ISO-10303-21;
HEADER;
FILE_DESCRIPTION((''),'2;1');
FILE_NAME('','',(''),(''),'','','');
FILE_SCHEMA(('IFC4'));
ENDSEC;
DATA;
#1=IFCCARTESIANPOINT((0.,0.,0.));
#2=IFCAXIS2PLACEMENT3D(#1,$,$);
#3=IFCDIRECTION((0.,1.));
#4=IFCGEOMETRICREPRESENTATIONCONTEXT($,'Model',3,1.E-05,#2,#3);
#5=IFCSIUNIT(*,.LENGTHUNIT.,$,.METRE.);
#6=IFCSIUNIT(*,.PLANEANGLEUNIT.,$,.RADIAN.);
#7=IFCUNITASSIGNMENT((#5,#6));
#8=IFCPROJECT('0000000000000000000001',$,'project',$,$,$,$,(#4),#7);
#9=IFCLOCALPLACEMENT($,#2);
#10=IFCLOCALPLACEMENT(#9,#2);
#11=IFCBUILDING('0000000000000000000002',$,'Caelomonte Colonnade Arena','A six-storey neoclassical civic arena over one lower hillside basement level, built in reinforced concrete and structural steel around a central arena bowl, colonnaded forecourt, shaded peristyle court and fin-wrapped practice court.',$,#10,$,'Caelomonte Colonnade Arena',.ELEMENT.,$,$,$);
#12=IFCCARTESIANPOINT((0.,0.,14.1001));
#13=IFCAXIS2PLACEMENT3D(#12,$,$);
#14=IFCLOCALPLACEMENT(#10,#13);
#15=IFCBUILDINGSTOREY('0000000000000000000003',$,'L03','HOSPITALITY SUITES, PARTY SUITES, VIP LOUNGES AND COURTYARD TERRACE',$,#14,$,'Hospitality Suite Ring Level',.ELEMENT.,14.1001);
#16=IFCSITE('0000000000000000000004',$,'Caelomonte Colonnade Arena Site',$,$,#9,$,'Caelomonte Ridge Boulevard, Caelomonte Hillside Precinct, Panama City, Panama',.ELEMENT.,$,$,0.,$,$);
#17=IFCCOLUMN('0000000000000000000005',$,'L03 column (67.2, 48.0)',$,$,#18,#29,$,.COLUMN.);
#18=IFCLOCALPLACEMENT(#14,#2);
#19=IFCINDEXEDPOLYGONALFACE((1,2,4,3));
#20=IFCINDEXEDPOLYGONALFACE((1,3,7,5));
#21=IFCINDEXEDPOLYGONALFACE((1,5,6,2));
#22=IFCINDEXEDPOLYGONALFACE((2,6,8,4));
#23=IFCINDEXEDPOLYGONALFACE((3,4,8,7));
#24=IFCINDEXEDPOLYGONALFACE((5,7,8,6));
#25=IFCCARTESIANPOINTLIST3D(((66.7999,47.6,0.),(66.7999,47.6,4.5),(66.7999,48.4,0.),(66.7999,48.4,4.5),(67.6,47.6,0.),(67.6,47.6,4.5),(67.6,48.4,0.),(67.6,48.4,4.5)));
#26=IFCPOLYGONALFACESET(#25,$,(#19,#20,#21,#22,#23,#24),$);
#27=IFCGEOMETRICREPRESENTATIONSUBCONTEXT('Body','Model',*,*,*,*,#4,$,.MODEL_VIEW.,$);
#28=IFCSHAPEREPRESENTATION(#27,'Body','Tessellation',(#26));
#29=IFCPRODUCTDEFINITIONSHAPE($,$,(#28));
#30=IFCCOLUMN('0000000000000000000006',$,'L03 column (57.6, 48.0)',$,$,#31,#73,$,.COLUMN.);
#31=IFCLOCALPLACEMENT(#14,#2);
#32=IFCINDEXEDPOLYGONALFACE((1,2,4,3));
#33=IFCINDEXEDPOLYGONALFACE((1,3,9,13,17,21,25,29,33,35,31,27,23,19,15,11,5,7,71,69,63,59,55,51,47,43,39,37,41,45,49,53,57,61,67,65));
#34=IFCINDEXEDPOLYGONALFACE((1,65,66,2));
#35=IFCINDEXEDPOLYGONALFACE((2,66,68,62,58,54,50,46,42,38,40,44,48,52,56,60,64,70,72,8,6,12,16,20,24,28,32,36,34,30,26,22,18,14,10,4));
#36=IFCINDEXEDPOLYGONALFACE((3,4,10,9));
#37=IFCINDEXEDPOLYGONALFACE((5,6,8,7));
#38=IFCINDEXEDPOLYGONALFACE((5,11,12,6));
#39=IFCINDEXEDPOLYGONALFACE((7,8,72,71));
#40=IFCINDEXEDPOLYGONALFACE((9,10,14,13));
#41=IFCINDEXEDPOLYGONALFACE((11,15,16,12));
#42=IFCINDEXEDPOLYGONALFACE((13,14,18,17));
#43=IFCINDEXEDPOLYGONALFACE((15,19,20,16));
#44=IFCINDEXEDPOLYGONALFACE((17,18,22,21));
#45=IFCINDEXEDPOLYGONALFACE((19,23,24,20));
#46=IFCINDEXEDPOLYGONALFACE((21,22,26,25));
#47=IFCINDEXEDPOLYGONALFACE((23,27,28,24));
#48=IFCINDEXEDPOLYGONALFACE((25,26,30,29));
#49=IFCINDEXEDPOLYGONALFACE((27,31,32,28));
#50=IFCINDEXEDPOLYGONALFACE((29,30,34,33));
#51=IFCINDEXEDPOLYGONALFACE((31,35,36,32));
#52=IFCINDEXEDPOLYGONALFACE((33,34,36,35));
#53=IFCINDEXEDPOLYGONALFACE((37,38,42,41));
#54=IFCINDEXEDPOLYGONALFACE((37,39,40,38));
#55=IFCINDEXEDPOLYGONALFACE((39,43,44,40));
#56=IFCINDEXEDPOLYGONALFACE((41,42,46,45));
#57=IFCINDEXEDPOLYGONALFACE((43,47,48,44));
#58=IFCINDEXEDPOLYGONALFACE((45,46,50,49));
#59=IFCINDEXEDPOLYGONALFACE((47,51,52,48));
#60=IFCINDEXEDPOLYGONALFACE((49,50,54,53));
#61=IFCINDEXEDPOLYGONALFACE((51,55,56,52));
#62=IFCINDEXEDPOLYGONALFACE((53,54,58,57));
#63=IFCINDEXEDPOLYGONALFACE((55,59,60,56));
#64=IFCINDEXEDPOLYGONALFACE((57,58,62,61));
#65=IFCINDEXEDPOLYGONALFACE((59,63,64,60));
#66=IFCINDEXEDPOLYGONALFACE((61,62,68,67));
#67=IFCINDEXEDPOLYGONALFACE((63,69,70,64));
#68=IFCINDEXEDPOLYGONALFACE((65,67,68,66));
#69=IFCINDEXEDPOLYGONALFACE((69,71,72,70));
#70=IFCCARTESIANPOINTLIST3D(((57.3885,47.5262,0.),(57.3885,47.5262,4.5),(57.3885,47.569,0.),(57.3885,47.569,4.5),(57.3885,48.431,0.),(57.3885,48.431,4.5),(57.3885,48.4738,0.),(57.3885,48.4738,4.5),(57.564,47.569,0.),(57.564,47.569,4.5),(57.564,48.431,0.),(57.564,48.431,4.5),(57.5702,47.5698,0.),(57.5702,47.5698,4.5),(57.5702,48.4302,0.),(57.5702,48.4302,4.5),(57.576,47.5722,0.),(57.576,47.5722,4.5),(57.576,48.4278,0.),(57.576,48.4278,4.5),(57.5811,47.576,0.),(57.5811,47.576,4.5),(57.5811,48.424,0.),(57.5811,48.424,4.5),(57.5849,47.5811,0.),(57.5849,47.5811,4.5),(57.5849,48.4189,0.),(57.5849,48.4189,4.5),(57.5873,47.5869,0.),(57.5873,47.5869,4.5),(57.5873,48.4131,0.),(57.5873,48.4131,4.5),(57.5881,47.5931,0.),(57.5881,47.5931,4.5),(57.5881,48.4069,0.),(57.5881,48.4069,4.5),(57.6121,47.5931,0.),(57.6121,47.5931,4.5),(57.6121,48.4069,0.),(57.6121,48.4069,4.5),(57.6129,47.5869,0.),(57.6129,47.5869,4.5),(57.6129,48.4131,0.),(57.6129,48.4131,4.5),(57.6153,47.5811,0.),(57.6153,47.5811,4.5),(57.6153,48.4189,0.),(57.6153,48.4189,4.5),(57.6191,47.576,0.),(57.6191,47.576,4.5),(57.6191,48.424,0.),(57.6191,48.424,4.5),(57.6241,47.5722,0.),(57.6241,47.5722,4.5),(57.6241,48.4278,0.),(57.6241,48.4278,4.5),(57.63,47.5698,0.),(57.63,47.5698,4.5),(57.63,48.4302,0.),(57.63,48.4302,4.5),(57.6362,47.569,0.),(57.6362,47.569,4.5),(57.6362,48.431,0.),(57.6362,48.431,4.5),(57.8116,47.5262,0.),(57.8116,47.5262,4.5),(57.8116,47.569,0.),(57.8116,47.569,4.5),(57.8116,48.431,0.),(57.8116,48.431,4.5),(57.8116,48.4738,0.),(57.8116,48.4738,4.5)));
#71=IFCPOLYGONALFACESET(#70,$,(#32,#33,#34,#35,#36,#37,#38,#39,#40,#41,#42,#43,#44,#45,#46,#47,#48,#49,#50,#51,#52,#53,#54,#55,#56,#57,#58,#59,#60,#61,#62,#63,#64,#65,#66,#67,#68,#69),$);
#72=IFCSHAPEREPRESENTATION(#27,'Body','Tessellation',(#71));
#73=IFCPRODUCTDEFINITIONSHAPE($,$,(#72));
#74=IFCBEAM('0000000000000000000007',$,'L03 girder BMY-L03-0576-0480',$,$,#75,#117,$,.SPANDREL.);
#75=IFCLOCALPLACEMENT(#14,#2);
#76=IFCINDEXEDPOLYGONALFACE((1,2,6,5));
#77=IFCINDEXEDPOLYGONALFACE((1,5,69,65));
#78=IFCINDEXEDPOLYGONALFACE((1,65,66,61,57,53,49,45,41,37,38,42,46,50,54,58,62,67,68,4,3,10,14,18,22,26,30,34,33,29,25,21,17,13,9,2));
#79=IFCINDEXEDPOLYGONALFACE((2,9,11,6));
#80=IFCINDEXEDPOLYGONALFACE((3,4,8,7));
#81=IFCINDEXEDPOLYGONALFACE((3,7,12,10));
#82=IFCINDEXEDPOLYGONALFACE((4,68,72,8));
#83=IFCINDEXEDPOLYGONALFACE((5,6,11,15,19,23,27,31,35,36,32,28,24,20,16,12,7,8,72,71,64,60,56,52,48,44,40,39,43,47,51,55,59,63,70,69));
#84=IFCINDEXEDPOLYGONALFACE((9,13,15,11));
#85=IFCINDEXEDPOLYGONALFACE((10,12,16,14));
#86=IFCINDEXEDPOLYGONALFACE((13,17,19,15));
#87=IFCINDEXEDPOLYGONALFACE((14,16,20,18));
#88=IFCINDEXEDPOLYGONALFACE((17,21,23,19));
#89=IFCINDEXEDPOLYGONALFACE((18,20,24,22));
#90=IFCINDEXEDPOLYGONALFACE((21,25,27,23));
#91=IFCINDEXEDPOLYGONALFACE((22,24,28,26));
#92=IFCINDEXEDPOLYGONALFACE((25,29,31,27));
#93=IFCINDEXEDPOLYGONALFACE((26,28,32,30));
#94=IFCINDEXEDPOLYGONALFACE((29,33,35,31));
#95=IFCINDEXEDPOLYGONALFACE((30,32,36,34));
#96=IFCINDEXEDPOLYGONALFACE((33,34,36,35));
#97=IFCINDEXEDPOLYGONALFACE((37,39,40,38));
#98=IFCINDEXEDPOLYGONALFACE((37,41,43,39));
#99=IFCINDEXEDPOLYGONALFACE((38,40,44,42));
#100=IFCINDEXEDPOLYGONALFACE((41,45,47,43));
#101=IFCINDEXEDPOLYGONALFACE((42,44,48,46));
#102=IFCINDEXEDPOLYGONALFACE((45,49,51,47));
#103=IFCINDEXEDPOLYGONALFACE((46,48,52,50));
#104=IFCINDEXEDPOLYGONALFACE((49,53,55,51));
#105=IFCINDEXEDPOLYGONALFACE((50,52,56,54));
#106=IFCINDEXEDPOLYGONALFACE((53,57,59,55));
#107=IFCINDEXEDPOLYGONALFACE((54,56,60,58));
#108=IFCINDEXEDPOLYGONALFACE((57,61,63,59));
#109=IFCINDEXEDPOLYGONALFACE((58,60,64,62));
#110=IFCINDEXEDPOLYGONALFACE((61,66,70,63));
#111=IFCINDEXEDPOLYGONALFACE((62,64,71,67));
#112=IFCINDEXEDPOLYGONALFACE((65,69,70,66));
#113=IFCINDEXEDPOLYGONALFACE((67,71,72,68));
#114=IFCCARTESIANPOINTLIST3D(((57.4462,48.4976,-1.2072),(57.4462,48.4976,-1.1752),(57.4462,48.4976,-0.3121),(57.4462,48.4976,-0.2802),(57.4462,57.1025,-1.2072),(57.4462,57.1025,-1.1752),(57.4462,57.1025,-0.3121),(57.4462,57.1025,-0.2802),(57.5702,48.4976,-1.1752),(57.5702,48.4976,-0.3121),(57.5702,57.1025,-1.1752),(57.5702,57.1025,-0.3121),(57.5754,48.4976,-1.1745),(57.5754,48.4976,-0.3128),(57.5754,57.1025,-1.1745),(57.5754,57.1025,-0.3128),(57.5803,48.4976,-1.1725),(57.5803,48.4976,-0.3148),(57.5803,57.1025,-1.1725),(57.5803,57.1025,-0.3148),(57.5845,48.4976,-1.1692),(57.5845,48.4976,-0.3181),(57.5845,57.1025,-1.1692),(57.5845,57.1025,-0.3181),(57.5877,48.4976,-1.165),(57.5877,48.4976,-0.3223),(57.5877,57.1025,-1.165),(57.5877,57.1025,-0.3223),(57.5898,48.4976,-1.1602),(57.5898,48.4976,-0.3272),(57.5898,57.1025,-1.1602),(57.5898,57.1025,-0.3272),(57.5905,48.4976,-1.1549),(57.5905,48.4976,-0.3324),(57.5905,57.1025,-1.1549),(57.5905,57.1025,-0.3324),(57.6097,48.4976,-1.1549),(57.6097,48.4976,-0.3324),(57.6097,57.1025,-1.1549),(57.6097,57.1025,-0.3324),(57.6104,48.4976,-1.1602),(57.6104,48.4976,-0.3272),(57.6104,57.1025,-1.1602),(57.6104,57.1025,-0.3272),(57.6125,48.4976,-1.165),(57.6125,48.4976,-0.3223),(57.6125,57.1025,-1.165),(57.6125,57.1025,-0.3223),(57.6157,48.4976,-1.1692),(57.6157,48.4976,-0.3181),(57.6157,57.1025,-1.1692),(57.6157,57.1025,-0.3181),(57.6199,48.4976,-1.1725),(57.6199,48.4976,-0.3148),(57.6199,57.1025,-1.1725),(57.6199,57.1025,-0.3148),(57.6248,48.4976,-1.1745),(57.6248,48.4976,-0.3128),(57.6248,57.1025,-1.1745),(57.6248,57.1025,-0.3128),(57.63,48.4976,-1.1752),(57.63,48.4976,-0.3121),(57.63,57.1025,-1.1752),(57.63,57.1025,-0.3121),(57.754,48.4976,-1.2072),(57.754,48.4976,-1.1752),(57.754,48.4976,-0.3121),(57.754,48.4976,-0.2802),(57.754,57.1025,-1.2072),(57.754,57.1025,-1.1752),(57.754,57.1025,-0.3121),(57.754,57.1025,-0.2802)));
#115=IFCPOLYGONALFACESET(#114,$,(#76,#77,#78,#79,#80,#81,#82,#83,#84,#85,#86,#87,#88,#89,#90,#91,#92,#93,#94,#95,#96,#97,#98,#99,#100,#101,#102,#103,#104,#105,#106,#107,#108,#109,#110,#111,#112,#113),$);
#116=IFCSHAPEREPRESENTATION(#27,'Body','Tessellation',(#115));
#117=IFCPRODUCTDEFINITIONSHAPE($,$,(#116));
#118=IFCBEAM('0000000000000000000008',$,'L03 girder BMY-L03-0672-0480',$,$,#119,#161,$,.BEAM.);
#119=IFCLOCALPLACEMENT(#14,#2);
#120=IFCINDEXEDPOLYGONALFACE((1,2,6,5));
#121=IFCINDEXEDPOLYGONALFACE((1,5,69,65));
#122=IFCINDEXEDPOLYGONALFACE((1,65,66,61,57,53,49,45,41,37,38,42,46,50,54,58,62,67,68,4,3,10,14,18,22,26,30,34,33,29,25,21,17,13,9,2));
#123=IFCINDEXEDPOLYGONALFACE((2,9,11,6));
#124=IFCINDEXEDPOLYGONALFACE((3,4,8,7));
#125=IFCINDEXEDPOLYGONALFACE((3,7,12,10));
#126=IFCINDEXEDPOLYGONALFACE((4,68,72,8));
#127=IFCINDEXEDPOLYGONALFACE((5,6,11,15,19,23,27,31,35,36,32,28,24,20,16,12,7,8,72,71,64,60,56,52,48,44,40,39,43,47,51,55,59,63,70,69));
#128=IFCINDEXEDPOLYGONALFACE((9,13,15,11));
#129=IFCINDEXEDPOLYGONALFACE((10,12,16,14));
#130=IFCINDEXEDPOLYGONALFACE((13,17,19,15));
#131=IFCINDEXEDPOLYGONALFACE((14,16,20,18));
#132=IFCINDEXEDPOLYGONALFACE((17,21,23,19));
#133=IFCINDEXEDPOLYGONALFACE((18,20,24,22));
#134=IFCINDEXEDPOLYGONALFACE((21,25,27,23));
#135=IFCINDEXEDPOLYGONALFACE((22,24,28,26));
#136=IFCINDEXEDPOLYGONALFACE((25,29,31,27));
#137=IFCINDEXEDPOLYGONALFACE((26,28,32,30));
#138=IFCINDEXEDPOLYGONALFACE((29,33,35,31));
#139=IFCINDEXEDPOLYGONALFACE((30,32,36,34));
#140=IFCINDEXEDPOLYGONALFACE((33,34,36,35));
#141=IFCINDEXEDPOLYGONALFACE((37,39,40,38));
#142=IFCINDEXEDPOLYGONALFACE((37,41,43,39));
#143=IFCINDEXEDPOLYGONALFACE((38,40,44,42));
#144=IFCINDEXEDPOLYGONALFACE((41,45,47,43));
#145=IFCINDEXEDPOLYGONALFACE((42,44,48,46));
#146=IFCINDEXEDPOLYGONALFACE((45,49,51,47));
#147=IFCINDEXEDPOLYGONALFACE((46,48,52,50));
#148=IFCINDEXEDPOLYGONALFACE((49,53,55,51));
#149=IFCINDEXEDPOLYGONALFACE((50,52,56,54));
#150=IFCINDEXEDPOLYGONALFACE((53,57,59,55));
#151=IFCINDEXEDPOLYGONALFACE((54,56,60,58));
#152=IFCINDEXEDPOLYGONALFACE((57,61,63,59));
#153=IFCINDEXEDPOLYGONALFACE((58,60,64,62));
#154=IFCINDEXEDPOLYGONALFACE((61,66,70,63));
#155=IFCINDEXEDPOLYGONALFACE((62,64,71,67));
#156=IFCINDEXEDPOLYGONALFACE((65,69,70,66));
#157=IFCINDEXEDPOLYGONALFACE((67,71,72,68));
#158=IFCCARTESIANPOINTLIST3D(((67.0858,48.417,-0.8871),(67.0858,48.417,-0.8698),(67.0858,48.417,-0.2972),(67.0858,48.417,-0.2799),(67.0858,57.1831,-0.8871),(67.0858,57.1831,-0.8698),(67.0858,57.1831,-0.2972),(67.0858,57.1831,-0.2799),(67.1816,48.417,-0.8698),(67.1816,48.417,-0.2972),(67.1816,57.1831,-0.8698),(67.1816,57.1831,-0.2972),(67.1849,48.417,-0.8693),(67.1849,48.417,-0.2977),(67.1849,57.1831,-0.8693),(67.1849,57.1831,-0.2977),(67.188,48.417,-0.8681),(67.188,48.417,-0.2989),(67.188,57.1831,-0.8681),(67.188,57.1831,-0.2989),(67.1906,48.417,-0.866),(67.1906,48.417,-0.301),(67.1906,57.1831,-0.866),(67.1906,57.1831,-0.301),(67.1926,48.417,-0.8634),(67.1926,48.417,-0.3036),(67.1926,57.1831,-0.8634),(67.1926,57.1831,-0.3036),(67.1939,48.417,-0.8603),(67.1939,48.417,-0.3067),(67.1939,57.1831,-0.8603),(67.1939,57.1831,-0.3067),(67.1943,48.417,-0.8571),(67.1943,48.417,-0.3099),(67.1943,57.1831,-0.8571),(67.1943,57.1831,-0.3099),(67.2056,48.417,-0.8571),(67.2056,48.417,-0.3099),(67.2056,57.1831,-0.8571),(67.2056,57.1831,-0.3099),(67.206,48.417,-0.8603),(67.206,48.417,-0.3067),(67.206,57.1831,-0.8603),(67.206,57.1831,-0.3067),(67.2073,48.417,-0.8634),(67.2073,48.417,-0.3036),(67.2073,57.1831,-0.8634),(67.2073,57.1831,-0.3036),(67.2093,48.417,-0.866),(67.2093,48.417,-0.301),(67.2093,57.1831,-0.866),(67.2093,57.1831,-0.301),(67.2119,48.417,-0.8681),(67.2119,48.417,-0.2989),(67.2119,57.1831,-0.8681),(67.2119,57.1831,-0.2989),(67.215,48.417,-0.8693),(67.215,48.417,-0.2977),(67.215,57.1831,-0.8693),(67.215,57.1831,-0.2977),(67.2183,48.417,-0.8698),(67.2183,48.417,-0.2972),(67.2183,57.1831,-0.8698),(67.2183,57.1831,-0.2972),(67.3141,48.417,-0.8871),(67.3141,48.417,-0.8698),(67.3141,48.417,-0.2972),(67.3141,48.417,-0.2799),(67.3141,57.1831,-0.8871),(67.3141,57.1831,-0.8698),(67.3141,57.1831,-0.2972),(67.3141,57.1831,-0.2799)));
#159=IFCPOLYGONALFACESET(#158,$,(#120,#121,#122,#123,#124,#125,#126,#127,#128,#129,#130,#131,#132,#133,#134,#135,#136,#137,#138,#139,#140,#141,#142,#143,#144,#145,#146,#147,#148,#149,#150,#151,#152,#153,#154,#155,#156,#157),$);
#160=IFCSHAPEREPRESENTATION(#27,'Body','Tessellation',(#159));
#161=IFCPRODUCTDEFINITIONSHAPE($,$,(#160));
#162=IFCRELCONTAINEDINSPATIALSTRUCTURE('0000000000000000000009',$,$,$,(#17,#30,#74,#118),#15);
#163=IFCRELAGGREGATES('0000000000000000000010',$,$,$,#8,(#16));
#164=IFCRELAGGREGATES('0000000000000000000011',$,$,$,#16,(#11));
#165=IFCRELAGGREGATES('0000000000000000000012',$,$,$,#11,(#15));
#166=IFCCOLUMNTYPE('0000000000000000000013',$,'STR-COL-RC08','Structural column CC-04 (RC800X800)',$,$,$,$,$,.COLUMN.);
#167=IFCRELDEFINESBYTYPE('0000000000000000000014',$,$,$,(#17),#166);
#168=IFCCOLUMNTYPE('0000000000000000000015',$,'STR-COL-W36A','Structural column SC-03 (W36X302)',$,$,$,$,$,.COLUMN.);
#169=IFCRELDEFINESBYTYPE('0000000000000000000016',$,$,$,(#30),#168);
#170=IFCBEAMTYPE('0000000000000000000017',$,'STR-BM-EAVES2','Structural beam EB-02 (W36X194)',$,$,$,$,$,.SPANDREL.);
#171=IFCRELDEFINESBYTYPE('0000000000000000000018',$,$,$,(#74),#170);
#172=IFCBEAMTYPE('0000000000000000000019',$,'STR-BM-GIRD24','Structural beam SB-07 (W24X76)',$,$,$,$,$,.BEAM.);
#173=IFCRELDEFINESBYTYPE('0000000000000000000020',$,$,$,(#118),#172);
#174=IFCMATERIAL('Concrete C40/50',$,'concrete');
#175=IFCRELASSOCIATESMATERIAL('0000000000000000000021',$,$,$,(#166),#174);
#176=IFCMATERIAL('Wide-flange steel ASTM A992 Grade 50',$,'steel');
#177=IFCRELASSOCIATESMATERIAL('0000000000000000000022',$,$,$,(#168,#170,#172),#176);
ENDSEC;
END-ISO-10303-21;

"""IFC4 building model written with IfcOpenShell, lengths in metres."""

from ifc_helpers import new_model, si_unit, direction, frame, origin, origin_2d, place, context, subcontext, project, spatial, rectangle, i_section, extrude, material, material_profile, profile_set, type_object, element, save


model = new_model("IFC4")

# Units and contexts
model_context = context("Model", 3, precision=1e-05, world=origin(), true_north=direction((0.0, 1.0)))
body_context = subcontext(model_context, "Body", "Model", "MODEL_VIEW")
ifc_project = project(units=[si_unit("LENGTHUNIT", "METRE"), si_unit("PLANEANGLEUNIT", "RADIAN")], contexts=[model_context])

# Site, building, storey
site_placement = place(None, origin())
site = spatial("IfcSite", under=ifc_project, at=site_placement, Name="Caelomonte Colonnade Arena Site", LongName="Caelomonte Ridge Boulevard, Caelomonte Hillside Precinct, Panama City, Panama", CompositionType="ELEMENT", RefElevation=0.0)
building_placement = place(site_placement, origin())
building = spatial("IfcBuilding", under=site, at=building_placement, Name="Caelomonte Colonnade Arena", Description="A six-storey neoclassical civic arena over one lower hillside basement level, built in reinforced concrete and structural steel around a central arena bowl, colonnaded forecourt, shaded peristyle court and fin-wrapped practice court.", LongName="Caelomonte Colonnade Arena", CompositionType="ELEMENT")
storey_placement = place(building_placement, frame((0.0, 0.0, 14.1001)))
storey = spatial("IfcBuildingStorey", under=building, at=storey_placement, Name="L03", Description="HOSPITALITY SUITES, PARTY SUITES, VIP LOUNGES AND COURTYARD TERRACE", LongName="Hospitality Suite Ring Level", CompositionType="ELEMENT", Elevation=14.1001)

# Columns
ifc_material_1 = material(Name="Concrete C40/50", Category="concrete")
ifc_material_profile_1 = material_profile(ifc_material_1, rectangle(XDim=0.8, YDim=0.8, at=origin_2d()), Name="RC800X800")
ifc_profile_set_1 = profile_set([ifc_material_profile_1], Name="Concrete C40/50")
column_type_1 = type_object("IfcColumnType", Name="STR-COL-RC08", Description="Structural column CC-04 (RC800X800)", PredefinedType="COLUMN", material=ifc_profile_set_1)
column_1_placement = place(storey_placement, frame((67.2, 48.0, 0.0), z_axis=(0.0, 0.0, 1.0), x_axis=(1.0, 0.0, 0.0)))
element("IfcColumn", 1, at=column_1_placement, inside=storey, type_object=column_type_1, Name="L03 column (67.2, 48.0)", PredefinedType="COLUMN", context=body_context, shape_type="SweptSolid", body=[
    extrude(rectangle(XDim=0.8, YDim=0.8, at=origin_2d()), origin(), (0.0, 0.0, 1.0), 4.5),
])
ifc_material_2 = material(Name="Wide-flange steel ASTM A992 Grade 50", Category="steel")
ifc_material_profile_2 = material_profile(ifc_material_2, i_section(OverallWidth=0.4231, OverallDepth=0.9475, WebThickness=0.0239, FlangeThickness=0.0427, FilletRadius=0.0242, at=origin_2d()), Name="W36X302")
ifc_profile_set_2 = profile_set([ifc_material_profile_2], Name="Wide-flange steel ASTM A992 Grade 50")
column_type_2 = type_object("IfcColumnType", Name="STR-COL-W36A", Description="Structural column SC-03 (W36X302)", PredefinedType="COLUMN", material=ifc_profile_set_2)
column_2_placement = place(storey_placement, frame((57.6001, 48.0, 0.0), z_axis=(0.0, 0.0, 1.0), x_axis=(1.0, 0.0, 0.0)))
element("IfcColumn", 2, at=column_2_placement, inside=storey, type_object=column_type_2, Name="L03 column (57.6, 48.0)", PredefinedType="COLUMN", context=body_context, shape_type="SweptSolid", body=[
    extrude(i_section(OverallWidth=0.4231, OverallDepth=0.9475, WebThickness=0.0239, FlangeThickness=0.0427, FilletRadius=0.0242, at=origin_2d()), origin(), (0.0, 0.0, 1.0), 4.5),
])

# Beams
ifc_material_profile_3 = material_profile(ifc_material_2, i_section(OverallWidth=0.3079, OverallDepth=0.927, WebThickness=0.0193, FlangeThickness=0.032, FilletRadius=0.0203, at=origin_2d()), Name="W36X194")
ifc_profile_set_3 = profile_set([ifc_material_profile_3], Name="Wide-flange steel ASTM A992 Grade 50")
beam_type_1 = type_object("IfcBeamType", Name="STR-BM-EAVES2", Description="Structural beam EB-02 (W36X194)", PredefinedType="SPANDREL", material=ifc_profile_set_3)
beam_1_placement = place(storey_placement, frame((57.6001, 48.4976, -0.7437), z_axis=(0.0, 1.0, 0.0), x_axis=(-1.0, 0.0, 0.0)))
element("IfcBeam", 3, at=beam_1_placement, inside=storey, type_object=beam_type_1, Name="L03 girder BMY-L03-0576-0480", PredefinedType="SPANDREL", context=body_context, shape_type="SweptSolid", body=[
    extrude(i_section(OverallWidth=0.3079, OverallDepth=0.927, WebThickness=0.0193, FlangeThickness=0.032, FilletRadius=0.0203, at=origin_2d()), origin(), (0.0, 0.0, 1.0), 8.605),
])
ifc_material_profile_4 = material_profile(ifc_material_2, i_section(OverallWidth=0.2283, OverallDepth=0.6072, WebThickness=0.0112, FlangeThickness=0.0173, FilletRadius=0.0127, at=origin_2d()), Name="W24X76")
ifc_profile_set_4 = profile_set([ifc_material_profile_4], Name="Wide-flange steel ASTM A992 Grade 50")
beam_type_2 = type_object("IfcBeamType", Name="STR-BM-GIRD24", Description="Structural beam SB-07 (W24X76)", PredefinedType="BEAM", material=ifc_profile_set_4)
beam_2_placement = place(storey_placement, frame((67.2, 48.417, -0.5835), z_axis=(0.0, 1.0, 0.0), x_axis=(-1.0, 0.0, 0.0)))
element("IfcBeam", 4, at=beam_2_placement, inside=storey, type_object=beam_type_2, Name="L03 girder BMY-L03-0672-0480", PredefinedType="BEAM", context=body_context, shape_type="SweptSolid", body=[
    extrude(i_section(OverallWidth=0.2283, OverallDepth=0.6072, WebThickness=0.0112, FlangeThickness=0.0173, FilletRadius=0.0127, at=origin_2d()), origin(), (0.0, 0.0, 1.0), 8.7661),
])

save(model, "model.ifc")
